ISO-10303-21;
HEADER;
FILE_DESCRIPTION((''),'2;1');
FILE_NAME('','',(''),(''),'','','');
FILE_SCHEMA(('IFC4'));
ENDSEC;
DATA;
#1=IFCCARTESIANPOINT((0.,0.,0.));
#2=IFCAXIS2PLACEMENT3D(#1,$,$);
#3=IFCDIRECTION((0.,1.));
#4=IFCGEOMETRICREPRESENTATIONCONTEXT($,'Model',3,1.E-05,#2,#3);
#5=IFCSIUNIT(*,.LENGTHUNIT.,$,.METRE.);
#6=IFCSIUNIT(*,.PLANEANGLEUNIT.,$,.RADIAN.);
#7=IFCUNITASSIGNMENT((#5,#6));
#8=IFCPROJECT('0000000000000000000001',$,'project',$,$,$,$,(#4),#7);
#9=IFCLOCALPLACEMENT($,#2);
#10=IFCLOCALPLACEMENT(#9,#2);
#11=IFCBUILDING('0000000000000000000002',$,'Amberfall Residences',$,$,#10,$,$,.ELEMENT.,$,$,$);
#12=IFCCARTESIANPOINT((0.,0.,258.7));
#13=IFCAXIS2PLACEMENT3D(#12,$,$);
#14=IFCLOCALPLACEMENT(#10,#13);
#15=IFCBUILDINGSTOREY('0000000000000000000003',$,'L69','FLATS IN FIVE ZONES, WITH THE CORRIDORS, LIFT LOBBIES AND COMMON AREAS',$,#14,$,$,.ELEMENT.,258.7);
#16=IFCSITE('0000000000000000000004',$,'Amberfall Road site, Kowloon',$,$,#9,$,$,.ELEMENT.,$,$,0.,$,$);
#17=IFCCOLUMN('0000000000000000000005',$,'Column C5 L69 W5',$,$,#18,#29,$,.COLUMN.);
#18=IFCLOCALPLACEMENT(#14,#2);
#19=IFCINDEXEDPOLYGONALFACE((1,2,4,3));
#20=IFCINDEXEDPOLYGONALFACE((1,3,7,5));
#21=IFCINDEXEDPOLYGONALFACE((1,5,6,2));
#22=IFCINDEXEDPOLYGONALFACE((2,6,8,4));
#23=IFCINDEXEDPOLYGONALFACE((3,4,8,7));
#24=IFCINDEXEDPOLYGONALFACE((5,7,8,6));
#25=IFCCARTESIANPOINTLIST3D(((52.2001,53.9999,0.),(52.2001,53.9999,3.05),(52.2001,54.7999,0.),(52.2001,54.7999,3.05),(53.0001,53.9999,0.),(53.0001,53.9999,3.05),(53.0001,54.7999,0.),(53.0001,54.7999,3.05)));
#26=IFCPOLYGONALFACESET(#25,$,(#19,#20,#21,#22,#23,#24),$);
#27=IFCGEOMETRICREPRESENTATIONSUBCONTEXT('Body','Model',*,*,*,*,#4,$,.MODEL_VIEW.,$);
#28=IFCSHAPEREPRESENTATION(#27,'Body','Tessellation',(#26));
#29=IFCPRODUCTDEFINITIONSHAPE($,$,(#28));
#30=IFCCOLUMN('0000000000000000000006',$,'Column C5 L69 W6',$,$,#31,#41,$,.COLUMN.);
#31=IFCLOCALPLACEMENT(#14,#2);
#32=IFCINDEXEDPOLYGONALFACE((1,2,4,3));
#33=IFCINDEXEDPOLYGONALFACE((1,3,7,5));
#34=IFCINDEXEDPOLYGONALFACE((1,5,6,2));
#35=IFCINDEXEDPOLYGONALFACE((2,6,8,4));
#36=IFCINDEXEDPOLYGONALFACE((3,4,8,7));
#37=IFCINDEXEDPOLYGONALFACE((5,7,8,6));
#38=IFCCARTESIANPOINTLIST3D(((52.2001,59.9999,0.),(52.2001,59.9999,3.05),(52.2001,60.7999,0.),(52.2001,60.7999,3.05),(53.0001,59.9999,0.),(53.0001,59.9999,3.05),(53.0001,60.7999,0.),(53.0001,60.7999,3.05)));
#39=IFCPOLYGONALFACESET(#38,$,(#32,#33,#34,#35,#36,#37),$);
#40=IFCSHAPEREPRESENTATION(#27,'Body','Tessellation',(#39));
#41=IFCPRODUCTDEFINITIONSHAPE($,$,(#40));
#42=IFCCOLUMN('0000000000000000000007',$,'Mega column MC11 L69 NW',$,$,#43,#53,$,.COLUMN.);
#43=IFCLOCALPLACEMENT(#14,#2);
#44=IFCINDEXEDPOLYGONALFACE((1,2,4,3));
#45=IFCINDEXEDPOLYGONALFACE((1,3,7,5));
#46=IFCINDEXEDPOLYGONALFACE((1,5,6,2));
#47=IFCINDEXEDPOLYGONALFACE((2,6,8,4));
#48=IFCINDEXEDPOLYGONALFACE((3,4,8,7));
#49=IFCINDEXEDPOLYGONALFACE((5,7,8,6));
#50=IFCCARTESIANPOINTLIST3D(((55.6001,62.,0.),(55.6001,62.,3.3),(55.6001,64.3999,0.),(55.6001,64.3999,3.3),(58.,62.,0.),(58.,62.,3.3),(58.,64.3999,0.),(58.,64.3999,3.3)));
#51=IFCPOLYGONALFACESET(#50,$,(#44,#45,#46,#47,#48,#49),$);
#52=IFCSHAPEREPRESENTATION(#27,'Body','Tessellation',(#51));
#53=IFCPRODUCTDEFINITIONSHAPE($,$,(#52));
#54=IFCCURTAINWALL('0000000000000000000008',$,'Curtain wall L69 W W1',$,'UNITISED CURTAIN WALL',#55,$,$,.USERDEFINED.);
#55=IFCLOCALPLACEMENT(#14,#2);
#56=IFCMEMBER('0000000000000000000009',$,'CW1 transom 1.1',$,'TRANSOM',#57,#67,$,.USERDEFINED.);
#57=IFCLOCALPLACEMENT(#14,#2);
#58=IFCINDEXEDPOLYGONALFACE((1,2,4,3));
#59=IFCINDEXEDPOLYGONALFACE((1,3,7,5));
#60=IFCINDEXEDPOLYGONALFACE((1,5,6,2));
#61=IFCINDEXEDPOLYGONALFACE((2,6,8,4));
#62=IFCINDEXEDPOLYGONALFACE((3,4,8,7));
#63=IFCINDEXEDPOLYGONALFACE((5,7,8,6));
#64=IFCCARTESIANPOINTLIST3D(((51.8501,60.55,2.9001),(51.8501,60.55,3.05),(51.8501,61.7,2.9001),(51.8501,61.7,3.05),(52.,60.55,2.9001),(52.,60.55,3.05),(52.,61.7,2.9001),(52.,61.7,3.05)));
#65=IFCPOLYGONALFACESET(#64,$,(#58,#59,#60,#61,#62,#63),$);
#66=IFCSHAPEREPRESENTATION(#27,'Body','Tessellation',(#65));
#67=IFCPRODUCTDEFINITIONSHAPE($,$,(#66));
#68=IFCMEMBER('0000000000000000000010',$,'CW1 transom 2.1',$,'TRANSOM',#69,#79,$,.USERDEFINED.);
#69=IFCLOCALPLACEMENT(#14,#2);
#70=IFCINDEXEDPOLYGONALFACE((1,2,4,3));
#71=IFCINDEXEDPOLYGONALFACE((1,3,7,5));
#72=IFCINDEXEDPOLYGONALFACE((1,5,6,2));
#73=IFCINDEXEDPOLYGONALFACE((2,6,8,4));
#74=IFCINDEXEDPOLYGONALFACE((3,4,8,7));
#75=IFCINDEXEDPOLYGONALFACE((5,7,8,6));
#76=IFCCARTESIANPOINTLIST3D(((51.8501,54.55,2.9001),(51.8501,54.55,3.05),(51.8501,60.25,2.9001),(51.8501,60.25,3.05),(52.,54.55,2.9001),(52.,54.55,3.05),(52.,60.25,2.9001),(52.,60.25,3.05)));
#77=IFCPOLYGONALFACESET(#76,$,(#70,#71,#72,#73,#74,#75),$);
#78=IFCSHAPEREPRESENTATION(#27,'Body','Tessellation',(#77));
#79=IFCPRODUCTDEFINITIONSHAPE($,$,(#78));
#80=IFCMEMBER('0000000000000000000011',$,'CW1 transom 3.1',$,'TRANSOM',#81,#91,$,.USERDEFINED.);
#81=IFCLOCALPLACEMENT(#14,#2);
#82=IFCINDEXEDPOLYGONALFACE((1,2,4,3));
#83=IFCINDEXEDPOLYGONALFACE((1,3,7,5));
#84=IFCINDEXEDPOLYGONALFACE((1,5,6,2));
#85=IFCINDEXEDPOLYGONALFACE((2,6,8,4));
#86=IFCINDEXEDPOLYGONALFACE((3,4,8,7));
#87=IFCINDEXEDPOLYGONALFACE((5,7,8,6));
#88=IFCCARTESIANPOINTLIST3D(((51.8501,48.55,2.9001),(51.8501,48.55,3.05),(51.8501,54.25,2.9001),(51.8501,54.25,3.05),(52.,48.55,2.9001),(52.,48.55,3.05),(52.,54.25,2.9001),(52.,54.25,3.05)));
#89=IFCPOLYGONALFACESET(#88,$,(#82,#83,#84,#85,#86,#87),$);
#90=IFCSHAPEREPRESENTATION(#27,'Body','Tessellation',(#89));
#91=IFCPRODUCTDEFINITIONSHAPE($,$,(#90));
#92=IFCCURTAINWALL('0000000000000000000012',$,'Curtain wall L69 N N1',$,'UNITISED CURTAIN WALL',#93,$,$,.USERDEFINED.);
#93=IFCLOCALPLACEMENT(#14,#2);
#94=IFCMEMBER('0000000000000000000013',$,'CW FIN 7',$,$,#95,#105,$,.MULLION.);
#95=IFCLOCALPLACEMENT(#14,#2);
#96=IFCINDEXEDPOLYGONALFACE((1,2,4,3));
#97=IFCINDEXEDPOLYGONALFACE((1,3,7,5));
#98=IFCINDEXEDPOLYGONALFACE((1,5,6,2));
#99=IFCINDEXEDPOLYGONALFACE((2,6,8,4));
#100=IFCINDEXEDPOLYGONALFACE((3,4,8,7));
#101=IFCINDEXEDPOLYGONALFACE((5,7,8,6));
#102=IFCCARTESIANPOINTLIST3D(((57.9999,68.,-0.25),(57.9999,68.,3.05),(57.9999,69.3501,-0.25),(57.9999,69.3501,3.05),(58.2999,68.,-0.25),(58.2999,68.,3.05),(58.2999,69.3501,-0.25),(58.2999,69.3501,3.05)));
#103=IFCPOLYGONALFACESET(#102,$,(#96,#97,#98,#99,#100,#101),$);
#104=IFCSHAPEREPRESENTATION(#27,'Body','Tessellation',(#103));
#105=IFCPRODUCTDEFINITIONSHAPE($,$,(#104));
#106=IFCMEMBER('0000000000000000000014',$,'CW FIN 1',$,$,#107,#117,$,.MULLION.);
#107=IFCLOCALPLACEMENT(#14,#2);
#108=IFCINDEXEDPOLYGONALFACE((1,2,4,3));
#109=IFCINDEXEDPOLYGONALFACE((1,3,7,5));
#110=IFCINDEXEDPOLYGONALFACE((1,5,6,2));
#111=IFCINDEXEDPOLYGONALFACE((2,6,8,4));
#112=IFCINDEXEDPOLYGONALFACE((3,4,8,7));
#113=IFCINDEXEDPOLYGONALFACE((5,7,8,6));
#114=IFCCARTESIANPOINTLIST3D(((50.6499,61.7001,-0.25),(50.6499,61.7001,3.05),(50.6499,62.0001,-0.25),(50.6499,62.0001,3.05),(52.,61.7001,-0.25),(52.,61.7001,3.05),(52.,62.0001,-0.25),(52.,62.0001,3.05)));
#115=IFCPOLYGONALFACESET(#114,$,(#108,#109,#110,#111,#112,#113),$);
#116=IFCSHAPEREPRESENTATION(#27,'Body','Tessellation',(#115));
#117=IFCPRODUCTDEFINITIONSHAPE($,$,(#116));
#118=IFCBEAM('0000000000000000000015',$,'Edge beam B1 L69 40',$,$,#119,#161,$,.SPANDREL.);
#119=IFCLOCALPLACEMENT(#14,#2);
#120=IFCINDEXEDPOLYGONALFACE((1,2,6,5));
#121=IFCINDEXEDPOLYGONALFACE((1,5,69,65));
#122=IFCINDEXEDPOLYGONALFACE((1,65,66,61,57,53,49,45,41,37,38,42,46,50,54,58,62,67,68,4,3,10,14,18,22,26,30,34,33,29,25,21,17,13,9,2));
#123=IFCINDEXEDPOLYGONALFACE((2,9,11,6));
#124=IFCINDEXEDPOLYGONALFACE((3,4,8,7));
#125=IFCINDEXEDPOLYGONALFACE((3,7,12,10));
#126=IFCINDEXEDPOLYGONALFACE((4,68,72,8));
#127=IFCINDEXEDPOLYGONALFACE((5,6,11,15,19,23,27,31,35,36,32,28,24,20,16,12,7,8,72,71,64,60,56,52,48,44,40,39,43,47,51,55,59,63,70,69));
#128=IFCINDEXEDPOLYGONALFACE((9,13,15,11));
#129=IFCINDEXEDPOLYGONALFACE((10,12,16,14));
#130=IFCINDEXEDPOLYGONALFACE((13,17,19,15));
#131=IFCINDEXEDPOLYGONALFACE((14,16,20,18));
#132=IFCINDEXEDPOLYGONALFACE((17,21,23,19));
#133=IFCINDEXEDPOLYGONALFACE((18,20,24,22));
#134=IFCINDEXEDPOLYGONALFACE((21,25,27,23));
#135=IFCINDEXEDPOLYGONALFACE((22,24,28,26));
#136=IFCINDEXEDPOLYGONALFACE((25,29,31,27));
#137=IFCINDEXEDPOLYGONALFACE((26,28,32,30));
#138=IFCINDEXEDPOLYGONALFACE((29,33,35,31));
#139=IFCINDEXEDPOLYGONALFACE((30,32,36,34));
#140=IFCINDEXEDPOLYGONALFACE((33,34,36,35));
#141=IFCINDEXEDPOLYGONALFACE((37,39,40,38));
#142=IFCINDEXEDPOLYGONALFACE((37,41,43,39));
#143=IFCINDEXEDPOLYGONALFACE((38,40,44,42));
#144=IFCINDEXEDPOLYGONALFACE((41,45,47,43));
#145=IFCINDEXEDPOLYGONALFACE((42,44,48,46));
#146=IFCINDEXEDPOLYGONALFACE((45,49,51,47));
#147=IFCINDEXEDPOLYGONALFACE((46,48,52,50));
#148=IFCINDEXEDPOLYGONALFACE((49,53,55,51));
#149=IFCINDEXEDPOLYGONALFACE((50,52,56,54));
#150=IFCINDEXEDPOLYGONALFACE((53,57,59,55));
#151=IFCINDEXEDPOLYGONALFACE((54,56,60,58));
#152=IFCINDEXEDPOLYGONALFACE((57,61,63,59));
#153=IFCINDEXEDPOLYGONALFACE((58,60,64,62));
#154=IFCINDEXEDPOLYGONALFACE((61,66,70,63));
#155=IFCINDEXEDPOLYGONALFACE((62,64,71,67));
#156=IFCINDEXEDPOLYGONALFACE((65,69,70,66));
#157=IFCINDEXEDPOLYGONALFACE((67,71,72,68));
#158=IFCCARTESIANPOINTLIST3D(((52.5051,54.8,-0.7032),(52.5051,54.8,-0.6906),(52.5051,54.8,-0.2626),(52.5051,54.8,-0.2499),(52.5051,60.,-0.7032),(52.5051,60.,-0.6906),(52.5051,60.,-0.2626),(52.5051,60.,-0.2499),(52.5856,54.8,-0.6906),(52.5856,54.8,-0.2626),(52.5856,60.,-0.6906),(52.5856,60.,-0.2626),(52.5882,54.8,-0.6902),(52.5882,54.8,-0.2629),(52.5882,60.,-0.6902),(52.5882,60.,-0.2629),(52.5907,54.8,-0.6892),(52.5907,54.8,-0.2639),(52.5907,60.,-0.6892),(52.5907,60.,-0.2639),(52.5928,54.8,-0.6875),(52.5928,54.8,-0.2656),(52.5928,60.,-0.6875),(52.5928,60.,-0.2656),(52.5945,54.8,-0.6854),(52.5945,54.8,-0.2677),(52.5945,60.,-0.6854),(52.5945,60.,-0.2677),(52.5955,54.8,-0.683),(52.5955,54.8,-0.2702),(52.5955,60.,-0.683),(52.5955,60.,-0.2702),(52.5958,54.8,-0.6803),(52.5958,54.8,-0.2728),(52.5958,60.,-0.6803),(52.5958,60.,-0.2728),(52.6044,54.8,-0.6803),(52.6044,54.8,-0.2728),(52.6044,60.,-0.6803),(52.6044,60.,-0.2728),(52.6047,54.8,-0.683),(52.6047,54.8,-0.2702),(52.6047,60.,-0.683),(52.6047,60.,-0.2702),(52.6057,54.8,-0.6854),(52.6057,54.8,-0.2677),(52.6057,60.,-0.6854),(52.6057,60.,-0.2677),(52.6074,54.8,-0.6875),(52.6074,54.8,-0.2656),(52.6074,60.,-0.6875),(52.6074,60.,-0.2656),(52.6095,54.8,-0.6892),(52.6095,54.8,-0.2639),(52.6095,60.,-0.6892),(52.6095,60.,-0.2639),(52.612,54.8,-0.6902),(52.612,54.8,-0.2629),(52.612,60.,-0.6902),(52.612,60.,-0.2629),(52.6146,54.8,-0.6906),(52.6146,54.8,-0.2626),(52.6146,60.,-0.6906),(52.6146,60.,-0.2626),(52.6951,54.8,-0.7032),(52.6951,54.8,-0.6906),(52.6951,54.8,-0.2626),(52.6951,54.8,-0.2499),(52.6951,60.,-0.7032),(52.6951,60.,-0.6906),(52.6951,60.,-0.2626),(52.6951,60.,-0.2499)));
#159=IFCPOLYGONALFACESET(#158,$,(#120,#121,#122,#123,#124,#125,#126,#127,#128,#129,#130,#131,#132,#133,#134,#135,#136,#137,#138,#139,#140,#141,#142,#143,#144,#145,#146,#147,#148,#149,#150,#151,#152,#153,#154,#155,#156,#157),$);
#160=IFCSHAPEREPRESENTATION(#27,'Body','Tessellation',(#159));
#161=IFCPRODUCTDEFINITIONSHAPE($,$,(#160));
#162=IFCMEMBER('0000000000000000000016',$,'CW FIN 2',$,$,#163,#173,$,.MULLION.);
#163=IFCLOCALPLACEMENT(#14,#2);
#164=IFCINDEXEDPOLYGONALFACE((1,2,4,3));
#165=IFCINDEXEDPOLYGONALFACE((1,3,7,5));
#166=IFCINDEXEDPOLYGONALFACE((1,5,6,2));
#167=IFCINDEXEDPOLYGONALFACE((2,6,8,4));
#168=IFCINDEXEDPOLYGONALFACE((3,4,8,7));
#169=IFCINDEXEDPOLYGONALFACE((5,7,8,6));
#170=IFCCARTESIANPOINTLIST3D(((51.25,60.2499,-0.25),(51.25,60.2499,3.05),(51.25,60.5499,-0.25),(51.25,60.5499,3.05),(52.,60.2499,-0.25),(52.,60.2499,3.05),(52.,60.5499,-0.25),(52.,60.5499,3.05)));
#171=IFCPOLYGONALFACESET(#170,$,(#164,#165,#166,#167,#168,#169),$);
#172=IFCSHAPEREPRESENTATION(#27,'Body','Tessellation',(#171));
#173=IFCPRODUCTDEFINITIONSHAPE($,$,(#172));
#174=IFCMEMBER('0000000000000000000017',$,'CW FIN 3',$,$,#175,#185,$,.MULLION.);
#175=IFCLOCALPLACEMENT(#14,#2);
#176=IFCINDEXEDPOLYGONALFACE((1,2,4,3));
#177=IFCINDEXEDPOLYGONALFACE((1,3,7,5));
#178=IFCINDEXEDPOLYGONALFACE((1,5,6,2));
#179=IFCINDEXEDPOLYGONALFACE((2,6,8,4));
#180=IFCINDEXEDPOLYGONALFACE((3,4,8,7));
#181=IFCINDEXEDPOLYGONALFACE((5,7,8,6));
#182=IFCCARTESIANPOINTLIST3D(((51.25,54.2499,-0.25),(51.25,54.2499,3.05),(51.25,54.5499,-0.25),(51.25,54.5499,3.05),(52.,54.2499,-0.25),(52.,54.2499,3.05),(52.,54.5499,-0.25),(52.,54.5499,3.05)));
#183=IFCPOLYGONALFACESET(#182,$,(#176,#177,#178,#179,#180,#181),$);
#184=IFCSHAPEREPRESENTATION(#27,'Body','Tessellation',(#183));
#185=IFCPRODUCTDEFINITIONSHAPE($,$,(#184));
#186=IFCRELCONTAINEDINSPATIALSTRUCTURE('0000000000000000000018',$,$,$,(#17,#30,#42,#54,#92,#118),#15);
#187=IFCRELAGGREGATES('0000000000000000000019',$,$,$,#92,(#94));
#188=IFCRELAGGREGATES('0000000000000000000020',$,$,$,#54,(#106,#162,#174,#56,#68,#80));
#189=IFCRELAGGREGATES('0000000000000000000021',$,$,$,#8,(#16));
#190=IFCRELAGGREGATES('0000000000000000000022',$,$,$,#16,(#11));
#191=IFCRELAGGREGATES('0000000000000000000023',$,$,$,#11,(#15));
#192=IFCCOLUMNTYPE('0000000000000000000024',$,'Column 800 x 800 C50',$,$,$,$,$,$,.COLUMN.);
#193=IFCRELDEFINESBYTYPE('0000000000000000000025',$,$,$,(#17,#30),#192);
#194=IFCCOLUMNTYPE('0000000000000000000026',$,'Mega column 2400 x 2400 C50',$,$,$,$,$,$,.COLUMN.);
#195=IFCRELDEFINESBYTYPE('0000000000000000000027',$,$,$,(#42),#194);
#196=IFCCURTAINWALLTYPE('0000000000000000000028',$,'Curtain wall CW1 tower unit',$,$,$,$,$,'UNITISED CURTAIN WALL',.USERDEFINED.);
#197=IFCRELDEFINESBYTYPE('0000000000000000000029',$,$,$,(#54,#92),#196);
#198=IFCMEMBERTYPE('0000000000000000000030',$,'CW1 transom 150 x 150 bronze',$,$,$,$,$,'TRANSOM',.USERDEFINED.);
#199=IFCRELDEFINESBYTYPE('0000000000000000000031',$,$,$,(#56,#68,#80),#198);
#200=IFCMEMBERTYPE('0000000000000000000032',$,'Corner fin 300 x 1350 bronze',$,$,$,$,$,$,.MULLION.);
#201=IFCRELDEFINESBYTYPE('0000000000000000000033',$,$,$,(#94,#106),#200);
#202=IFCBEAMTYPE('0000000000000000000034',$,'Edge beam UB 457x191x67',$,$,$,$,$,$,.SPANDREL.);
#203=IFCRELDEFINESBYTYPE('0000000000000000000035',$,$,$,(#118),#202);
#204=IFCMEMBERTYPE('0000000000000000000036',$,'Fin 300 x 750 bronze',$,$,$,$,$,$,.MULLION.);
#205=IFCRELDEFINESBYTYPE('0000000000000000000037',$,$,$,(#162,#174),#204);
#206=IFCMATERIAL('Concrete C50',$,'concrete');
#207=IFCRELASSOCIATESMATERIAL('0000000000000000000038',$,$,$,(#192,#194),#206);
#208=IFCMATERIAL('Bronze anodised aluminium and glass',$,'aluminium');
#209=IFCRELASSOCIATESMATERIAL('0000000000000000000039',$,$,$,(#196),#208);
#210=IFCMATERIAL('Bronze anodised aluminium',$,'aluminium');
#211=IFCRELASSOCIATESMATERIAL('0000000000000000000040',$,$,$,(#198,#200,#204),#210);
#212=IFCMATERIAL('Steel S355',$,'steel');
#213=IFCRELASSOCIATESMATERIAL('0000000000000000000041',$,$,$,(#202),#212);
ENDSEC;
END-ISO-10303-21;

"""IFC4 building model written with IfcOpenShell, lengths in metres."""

from ifc_helpers import new_model, si_unit, direction, frame, origin, origin_2d, place, context, subcontext, project, spatial, rectangle, i_section, extrude, material, material_profile, profile_set, type_object, element, aggregate, save


model = new_model("IFC4")

# Units and contexts
model_context = context("Model", 3, precision=1e-05, world=origin(), true_north=direction((0.0, 1.0)))
body_context = subcontext(model_context, "Body", "Model", "MODEL_VIEW")
ifc_project = project(units=[si_unit("LENGTHUNIT", "METRE"), si_unit("PLANEANGLEUNIT", "RADIAN")], contexts=[model_context])

# Site, building, storey
site_placement = place(None, origin())
site = spatial("IfcSite", under=ifc_project, at=site_placement, Name="Amberfall Road site, Kowloon", CompositionType="ELEMENT", RefElevation=0.0)
building_placement = place(site_placement, origin())
building = spatial("IfcBuilding", under=site, at=building_placement, Name="Amberfall Residences", CompositionType="ELEMENT")
storey_placement = place(building_placement, frame((0.0, 0.0, 258.7)))
storey = spatial("IfcBuildingStorey", under=building, at=storey_placement, Name="L69", Description="FLATS IN FIVE ZONES, WITH THE CORRIDORS, LIFT LOBBIES AND COMMON AREAS", CompositionType="ELEMENT", Elevation=258.7)

# Columns
ifc_material_1 = material(Name="Concrete C50", Category="concrete")
ifc_material_profile_1 = material_profile(ifc_material_1, rectangle(XDim=0.8, YDim=0.8, at=origin_2d()), Name="Column 800 x 800 C50")
ifc_profile_set_1 = profile_set([ifc_material_profile_1], Name="Concrete C50")
column_type_1 = type_object("IfcColumnType", Name="Column 800 x 800 C50", PredefinedType="COLUMN", material=ifc_profile_set_1)
for number, where, z_axis, x_axis, name in (
    (1, (52.6001, 54.3999, 0.0), (0.0, 0.0, 1.0), (1.0, 0.0, 0.0), "Column C5 L69 W5"),
    (2, (52.6001, 60.3999, 0.0), (0.0, 0.0, 1.0), (1.0, 0.0, 0.0), "Column C5 L69 W6"),
):
    element("IfcColumn", number, at=place(storey_placement, frame(where, z_axis=z_axis, x_axis=x_axis)), inside=storey, type_object=column_type_1, Name=name, PredefinedType="COLUMN", context=body_context, shape_type="SweptSolid", body=[
        extrude(rectangle(XDim=0.8, YDim=0.8, at=origin_2d()), origin(), (0.0, 0.0, 1.0), 3.05),
    ])
ifc_material_profile_2 = material_profile(ifc_material_1, rectangle(XDim=2.3999, YDim=2.3999, at=origin_2d()), Name="Mega column 2400 x 2400 C50")
ifc_profile_set_2 = profile_set([ifc_material_profile_2], Name="Concrete C50")
column_type_2 = type_object("IfcColumnType", Name="Mega column 2400 x 2400 C50", PredefinedType="COLUMN", material=ifc_profile_set_2)
column_placement = place(storey_placement, frame((56.8, 63.2, 0.0), z_axis=(0.0, 0.0, 1.0), x_axis=(1.0, 0.0, 0.0)))
element("IfcColumn", 3, at=column_placement, inside=storey, type_object=column_type_2, Name="Mega column MC11 L69 NW", PredefinedType="COLUMN", context=body_context, shape_type="SweptSolid", body=[
    extrude(rectangle(XDim=2.3999, YDim=2.3999, at=origin_2d()), origin(), (0.0, 0.0, 1.0), 3.3),
])

# Curtain wall, members
ifc_material_2 = material(Name="Bronze anodised aluminium and glass", Category="aluminium")
curtain_wall_type = type_object("IfcCurtainWallType", Name="Curtain wall CW1 tower unit", ElementType="UNITISED CURTAIN WALL", PredefinedType="USERDEFINED", material=ifc_material_2)
curtain_wall_1_placement = place(storey_placement, origin())
curtain_wall_1 = element("IfcCurtainWall", 4, at=curtain_wall_1_placement, inside=storey, type_object=curtain_wall_type, Name="Curtain wall L69 W W1", ObjectType="UNITISED CURTAIN WALL", PredefinedType="USERDEFINED")
ifc_material_3 = material(Name="Bronze anodised aluminium", Category="aluminium")
ifc_material_profile_3 = material_profile(ifc_material_3, rectangle(XDim=0.1499, YDim=0.1499, at=origin_2d()), Name="CW1 transom 150 x 150 bronze")
ifc_profile_set_3 = profile_set([ifc_material_profile_3], Name="Bronze anodised aluminium")
member_type_1 = type_object("IfcMemberType", Name="CW1 transom 150 x 150 bronze", ElementType="TRANSOM", PredefinedType="USERDEFINED", material=ifc_profile_set_3)
member_1_placement = place(storey_placement, frame((51.925, 61.7, 2.9751), z_axis=(0.0, -1.0, 0.0), x_axis=(1.0, 0.0, 0.0)))
member_1 = element("IfcMember", 5, at=member_1_placement, type_object=member_type_1, Name="CW1 transom 1.1", ObjectType="TRANSOM", PredefinedType="USERDEFINED", context=body_context, shape_type="SweptSolid", body=[
    extrude(rectangle(XDim=0.1499, YDim=0.1499, at=origin_2d()), origin(), (0.0, 0.0, 1.0), 1.1499),
])
member_2_placement = place(storey_placement, frame((51.925, 60.25, 2.9751), z_axis=(0.0, -1.0, 0.0), x_axis=(1.0, 0.0, 0.0)))
member_2 = element("IfcMember", 6, at=member_2_placement, type_object=member_type_1, Name="CW1 transom 2.1", ObjectType="TRANSOM", PredefinedType="USERDEFINED", context=body_context, shape_type="SweptSolid", body=[
    extrude(rectangle(XDim=0.1499, YDim=0.1499, at=origin_2d()), origin(), (0.0, 0.0, 1.0), 5.7),
])
member_3_placement = place(storey_placement, frame((51.925, 54.25, 2.9751), z_axis=(0.0, -1.0, 0.0), x_axis=(1.0, 0.0, 0.0)))
member_3 = element("IfcMember", 7, at=member_3_placement, type_object=member_type_1, Name="CW1 transom 3.1", ObjectType="TRANSOM", PredefinedType="USERDEFINED", context=body_context, shape_type="SweptSolid", body=[
    extrude(rectangle(XDim=0.1499, YDim=0.1499, at=origin_2d()), origin(), (0.0, 0.0, 1.0), 5.7),
])

# Curtain wall, member
curtain_wall_2_placement = place(storey_placement, origin())
curtain_wall_2 = element("IfcCurtainWall", 8, at=curtain_wall_2_placement, inside=storey, type_object=curtain_wall_type, Name="Curtain wall L69 N N1", ObjectType="UNITISED CURTAIN WALL", PredefinedType="USERDEFINED")
ifc_material_profile_4 = material_profile(ifc_material_3, rectangle(XDim=1.3501, YDim=0.3, at=origin_2d()), Name="Corner fin 300 x 1350 bronze")
ifc_profile_set_4 = profile_set([ifc_material_profile_4], Name="Bronze anodised aluminium")
member_type_2 = type_object("IfcMemberType", Name="Corner fin 300 x 1350 bronze", PredefinedType="MULLION", material=ifc_profile_set_4)
member_4_placement = place(storey_placement, frame((58.1499, 68.675, -0.25), z_axis=(0.0, 0.0, 1.0), x_axis=(0.0, -1.0, 0.0)))
member_4 = element("IfcMember", 9, at=member_4_placement, type_object=member_type_2, Name="CW FIN 7", PredefinedType="MULLION", context=body_context, shape_type="SweptSolid", body=[
    extrude(rectangle(XDim=1.3501, YDim=0.3, at=origin_2d()), origin(), (0.0, 0.0, 1.0), 3.3),
])
aggregate(curtain_wall_2, [member_4])

# Member
member_5_placement = place(storey_placement, frame((51.325, 61.8501, -0.25), z_axis=(0.0, 0.0, 1.0), x_axis=(1.0, 0.0, 0.0)))
member_5 = element("IfcMember", 10, at=member_5_placement, type_object=member_type_2, Name="CW FIN 1", PredefinedType="MULLION", context=body_context, shape_type="SweptSolid", body=[
    extrude(rectangle(XDim=1.3501, YDim=0.3, at=origin_2d()), origin(), (0.0, 0.0, 1.0), 3.3),
])

# Beam
ifc_material_4 = material(Name="Steel S355", Category="steel")
ifc_material_profile_5 = material_profile(ifc_material_4, i_section(OverallWidth=0.1899, OverallDepth=0.4534, WebThickness=0.0085, FlangeThickness=0.0127, FilletRadius=0.0103, at=origin_2d()), Name="UB 457x191x67")
ifc_profile_set_5 = profile_set([ifc_material_profile_5], Name="Steel S355")
beam_type_1 = type_object("IfcBeamType", Name="Edge beam UB 457x191x67", PredefinedType="SPANDREL", material=ifc_profile_set_5)
beam_1_placement = place(storey_placement, frame((52.6001, 54.8, -0.4766), z_axis=(0.0, 1.0, 0.0), x_axis=(-1.0, 0.0, 0.0)))
element("IfcBeam", 11, at=beam_1_placement, inside=storey, type_object=beam_type_1, Name="Edge beam B1 L69 40", PredefinedType="SPANDREL", context=body_context, shape_type="SweptSolid", body=[
    extrude(i_section(OverallWidth=0.1899, OverallDepth=0.4534, WebThickness=0.0085, FlangeThickness=0.0127, FilletRadius=0.0103, at=origin_2d()), origin(), (0.0, 0.0, 1.0), 5.2),
])

# Members
ifc_material_profile_6 = material_profile(ifc_material_3, rectangle(XDim=0.75, YDim=0.3, at=origin_2d()), Name="Fin 300 x 750 bronze")
ifc_profile_set_6 = profile_set([ifc_material_profile_6], Name="Bronze anodised aluminium")
member_type_3 = type_object("IfcMemberType", Name="Fin 300 x 750 bronze", PredefinedType="MULLION", material=ifc_profile_set_6)
member_6_placement = place(storey_placement, frame((51.625, 60.3999, -0.25), z_axis=(0.0, 0.0, 1.0), x_axis=(1.0, 0.0, 0.0)))
member_6 = element("IfcMember", 12, at=member_6_placement, type_object=member_type_3, Name="CW FIN 2", PredefinedType="MULLION", context=body_context, shape_type="SweptSolid", body=[
    extrude(rectangle(XDim=0.75, YDim=0.3, at=origin_2d()), origin(), (0.0, 0.0, 1.0), 3.3),
])
member_7_placement = place(storey_placement, frame((51.625, 54.3999, -0.25), z_axis=(0.0, 0.0, 1.0), x_axis=(1.0, 0.0, 0.0)))
member_7 = element("IfcMember", 13, at=member_7_placement, type_object=member_type_3, Name="CW FIN 3", PredefinedType="MULLION", context=body_context, shape_type="SweptSolid", body=[
    extrude(rectangle(XDim=0.75, YDim=0.3, at=origin_2d()), origin(), (0.0, 0.0, 1.0), 3.3),
])

aggregate(curtain_wall_1, [member_5, member_6, member_7, member_1, member_2, member_3])

save(model, "model.ifc")
